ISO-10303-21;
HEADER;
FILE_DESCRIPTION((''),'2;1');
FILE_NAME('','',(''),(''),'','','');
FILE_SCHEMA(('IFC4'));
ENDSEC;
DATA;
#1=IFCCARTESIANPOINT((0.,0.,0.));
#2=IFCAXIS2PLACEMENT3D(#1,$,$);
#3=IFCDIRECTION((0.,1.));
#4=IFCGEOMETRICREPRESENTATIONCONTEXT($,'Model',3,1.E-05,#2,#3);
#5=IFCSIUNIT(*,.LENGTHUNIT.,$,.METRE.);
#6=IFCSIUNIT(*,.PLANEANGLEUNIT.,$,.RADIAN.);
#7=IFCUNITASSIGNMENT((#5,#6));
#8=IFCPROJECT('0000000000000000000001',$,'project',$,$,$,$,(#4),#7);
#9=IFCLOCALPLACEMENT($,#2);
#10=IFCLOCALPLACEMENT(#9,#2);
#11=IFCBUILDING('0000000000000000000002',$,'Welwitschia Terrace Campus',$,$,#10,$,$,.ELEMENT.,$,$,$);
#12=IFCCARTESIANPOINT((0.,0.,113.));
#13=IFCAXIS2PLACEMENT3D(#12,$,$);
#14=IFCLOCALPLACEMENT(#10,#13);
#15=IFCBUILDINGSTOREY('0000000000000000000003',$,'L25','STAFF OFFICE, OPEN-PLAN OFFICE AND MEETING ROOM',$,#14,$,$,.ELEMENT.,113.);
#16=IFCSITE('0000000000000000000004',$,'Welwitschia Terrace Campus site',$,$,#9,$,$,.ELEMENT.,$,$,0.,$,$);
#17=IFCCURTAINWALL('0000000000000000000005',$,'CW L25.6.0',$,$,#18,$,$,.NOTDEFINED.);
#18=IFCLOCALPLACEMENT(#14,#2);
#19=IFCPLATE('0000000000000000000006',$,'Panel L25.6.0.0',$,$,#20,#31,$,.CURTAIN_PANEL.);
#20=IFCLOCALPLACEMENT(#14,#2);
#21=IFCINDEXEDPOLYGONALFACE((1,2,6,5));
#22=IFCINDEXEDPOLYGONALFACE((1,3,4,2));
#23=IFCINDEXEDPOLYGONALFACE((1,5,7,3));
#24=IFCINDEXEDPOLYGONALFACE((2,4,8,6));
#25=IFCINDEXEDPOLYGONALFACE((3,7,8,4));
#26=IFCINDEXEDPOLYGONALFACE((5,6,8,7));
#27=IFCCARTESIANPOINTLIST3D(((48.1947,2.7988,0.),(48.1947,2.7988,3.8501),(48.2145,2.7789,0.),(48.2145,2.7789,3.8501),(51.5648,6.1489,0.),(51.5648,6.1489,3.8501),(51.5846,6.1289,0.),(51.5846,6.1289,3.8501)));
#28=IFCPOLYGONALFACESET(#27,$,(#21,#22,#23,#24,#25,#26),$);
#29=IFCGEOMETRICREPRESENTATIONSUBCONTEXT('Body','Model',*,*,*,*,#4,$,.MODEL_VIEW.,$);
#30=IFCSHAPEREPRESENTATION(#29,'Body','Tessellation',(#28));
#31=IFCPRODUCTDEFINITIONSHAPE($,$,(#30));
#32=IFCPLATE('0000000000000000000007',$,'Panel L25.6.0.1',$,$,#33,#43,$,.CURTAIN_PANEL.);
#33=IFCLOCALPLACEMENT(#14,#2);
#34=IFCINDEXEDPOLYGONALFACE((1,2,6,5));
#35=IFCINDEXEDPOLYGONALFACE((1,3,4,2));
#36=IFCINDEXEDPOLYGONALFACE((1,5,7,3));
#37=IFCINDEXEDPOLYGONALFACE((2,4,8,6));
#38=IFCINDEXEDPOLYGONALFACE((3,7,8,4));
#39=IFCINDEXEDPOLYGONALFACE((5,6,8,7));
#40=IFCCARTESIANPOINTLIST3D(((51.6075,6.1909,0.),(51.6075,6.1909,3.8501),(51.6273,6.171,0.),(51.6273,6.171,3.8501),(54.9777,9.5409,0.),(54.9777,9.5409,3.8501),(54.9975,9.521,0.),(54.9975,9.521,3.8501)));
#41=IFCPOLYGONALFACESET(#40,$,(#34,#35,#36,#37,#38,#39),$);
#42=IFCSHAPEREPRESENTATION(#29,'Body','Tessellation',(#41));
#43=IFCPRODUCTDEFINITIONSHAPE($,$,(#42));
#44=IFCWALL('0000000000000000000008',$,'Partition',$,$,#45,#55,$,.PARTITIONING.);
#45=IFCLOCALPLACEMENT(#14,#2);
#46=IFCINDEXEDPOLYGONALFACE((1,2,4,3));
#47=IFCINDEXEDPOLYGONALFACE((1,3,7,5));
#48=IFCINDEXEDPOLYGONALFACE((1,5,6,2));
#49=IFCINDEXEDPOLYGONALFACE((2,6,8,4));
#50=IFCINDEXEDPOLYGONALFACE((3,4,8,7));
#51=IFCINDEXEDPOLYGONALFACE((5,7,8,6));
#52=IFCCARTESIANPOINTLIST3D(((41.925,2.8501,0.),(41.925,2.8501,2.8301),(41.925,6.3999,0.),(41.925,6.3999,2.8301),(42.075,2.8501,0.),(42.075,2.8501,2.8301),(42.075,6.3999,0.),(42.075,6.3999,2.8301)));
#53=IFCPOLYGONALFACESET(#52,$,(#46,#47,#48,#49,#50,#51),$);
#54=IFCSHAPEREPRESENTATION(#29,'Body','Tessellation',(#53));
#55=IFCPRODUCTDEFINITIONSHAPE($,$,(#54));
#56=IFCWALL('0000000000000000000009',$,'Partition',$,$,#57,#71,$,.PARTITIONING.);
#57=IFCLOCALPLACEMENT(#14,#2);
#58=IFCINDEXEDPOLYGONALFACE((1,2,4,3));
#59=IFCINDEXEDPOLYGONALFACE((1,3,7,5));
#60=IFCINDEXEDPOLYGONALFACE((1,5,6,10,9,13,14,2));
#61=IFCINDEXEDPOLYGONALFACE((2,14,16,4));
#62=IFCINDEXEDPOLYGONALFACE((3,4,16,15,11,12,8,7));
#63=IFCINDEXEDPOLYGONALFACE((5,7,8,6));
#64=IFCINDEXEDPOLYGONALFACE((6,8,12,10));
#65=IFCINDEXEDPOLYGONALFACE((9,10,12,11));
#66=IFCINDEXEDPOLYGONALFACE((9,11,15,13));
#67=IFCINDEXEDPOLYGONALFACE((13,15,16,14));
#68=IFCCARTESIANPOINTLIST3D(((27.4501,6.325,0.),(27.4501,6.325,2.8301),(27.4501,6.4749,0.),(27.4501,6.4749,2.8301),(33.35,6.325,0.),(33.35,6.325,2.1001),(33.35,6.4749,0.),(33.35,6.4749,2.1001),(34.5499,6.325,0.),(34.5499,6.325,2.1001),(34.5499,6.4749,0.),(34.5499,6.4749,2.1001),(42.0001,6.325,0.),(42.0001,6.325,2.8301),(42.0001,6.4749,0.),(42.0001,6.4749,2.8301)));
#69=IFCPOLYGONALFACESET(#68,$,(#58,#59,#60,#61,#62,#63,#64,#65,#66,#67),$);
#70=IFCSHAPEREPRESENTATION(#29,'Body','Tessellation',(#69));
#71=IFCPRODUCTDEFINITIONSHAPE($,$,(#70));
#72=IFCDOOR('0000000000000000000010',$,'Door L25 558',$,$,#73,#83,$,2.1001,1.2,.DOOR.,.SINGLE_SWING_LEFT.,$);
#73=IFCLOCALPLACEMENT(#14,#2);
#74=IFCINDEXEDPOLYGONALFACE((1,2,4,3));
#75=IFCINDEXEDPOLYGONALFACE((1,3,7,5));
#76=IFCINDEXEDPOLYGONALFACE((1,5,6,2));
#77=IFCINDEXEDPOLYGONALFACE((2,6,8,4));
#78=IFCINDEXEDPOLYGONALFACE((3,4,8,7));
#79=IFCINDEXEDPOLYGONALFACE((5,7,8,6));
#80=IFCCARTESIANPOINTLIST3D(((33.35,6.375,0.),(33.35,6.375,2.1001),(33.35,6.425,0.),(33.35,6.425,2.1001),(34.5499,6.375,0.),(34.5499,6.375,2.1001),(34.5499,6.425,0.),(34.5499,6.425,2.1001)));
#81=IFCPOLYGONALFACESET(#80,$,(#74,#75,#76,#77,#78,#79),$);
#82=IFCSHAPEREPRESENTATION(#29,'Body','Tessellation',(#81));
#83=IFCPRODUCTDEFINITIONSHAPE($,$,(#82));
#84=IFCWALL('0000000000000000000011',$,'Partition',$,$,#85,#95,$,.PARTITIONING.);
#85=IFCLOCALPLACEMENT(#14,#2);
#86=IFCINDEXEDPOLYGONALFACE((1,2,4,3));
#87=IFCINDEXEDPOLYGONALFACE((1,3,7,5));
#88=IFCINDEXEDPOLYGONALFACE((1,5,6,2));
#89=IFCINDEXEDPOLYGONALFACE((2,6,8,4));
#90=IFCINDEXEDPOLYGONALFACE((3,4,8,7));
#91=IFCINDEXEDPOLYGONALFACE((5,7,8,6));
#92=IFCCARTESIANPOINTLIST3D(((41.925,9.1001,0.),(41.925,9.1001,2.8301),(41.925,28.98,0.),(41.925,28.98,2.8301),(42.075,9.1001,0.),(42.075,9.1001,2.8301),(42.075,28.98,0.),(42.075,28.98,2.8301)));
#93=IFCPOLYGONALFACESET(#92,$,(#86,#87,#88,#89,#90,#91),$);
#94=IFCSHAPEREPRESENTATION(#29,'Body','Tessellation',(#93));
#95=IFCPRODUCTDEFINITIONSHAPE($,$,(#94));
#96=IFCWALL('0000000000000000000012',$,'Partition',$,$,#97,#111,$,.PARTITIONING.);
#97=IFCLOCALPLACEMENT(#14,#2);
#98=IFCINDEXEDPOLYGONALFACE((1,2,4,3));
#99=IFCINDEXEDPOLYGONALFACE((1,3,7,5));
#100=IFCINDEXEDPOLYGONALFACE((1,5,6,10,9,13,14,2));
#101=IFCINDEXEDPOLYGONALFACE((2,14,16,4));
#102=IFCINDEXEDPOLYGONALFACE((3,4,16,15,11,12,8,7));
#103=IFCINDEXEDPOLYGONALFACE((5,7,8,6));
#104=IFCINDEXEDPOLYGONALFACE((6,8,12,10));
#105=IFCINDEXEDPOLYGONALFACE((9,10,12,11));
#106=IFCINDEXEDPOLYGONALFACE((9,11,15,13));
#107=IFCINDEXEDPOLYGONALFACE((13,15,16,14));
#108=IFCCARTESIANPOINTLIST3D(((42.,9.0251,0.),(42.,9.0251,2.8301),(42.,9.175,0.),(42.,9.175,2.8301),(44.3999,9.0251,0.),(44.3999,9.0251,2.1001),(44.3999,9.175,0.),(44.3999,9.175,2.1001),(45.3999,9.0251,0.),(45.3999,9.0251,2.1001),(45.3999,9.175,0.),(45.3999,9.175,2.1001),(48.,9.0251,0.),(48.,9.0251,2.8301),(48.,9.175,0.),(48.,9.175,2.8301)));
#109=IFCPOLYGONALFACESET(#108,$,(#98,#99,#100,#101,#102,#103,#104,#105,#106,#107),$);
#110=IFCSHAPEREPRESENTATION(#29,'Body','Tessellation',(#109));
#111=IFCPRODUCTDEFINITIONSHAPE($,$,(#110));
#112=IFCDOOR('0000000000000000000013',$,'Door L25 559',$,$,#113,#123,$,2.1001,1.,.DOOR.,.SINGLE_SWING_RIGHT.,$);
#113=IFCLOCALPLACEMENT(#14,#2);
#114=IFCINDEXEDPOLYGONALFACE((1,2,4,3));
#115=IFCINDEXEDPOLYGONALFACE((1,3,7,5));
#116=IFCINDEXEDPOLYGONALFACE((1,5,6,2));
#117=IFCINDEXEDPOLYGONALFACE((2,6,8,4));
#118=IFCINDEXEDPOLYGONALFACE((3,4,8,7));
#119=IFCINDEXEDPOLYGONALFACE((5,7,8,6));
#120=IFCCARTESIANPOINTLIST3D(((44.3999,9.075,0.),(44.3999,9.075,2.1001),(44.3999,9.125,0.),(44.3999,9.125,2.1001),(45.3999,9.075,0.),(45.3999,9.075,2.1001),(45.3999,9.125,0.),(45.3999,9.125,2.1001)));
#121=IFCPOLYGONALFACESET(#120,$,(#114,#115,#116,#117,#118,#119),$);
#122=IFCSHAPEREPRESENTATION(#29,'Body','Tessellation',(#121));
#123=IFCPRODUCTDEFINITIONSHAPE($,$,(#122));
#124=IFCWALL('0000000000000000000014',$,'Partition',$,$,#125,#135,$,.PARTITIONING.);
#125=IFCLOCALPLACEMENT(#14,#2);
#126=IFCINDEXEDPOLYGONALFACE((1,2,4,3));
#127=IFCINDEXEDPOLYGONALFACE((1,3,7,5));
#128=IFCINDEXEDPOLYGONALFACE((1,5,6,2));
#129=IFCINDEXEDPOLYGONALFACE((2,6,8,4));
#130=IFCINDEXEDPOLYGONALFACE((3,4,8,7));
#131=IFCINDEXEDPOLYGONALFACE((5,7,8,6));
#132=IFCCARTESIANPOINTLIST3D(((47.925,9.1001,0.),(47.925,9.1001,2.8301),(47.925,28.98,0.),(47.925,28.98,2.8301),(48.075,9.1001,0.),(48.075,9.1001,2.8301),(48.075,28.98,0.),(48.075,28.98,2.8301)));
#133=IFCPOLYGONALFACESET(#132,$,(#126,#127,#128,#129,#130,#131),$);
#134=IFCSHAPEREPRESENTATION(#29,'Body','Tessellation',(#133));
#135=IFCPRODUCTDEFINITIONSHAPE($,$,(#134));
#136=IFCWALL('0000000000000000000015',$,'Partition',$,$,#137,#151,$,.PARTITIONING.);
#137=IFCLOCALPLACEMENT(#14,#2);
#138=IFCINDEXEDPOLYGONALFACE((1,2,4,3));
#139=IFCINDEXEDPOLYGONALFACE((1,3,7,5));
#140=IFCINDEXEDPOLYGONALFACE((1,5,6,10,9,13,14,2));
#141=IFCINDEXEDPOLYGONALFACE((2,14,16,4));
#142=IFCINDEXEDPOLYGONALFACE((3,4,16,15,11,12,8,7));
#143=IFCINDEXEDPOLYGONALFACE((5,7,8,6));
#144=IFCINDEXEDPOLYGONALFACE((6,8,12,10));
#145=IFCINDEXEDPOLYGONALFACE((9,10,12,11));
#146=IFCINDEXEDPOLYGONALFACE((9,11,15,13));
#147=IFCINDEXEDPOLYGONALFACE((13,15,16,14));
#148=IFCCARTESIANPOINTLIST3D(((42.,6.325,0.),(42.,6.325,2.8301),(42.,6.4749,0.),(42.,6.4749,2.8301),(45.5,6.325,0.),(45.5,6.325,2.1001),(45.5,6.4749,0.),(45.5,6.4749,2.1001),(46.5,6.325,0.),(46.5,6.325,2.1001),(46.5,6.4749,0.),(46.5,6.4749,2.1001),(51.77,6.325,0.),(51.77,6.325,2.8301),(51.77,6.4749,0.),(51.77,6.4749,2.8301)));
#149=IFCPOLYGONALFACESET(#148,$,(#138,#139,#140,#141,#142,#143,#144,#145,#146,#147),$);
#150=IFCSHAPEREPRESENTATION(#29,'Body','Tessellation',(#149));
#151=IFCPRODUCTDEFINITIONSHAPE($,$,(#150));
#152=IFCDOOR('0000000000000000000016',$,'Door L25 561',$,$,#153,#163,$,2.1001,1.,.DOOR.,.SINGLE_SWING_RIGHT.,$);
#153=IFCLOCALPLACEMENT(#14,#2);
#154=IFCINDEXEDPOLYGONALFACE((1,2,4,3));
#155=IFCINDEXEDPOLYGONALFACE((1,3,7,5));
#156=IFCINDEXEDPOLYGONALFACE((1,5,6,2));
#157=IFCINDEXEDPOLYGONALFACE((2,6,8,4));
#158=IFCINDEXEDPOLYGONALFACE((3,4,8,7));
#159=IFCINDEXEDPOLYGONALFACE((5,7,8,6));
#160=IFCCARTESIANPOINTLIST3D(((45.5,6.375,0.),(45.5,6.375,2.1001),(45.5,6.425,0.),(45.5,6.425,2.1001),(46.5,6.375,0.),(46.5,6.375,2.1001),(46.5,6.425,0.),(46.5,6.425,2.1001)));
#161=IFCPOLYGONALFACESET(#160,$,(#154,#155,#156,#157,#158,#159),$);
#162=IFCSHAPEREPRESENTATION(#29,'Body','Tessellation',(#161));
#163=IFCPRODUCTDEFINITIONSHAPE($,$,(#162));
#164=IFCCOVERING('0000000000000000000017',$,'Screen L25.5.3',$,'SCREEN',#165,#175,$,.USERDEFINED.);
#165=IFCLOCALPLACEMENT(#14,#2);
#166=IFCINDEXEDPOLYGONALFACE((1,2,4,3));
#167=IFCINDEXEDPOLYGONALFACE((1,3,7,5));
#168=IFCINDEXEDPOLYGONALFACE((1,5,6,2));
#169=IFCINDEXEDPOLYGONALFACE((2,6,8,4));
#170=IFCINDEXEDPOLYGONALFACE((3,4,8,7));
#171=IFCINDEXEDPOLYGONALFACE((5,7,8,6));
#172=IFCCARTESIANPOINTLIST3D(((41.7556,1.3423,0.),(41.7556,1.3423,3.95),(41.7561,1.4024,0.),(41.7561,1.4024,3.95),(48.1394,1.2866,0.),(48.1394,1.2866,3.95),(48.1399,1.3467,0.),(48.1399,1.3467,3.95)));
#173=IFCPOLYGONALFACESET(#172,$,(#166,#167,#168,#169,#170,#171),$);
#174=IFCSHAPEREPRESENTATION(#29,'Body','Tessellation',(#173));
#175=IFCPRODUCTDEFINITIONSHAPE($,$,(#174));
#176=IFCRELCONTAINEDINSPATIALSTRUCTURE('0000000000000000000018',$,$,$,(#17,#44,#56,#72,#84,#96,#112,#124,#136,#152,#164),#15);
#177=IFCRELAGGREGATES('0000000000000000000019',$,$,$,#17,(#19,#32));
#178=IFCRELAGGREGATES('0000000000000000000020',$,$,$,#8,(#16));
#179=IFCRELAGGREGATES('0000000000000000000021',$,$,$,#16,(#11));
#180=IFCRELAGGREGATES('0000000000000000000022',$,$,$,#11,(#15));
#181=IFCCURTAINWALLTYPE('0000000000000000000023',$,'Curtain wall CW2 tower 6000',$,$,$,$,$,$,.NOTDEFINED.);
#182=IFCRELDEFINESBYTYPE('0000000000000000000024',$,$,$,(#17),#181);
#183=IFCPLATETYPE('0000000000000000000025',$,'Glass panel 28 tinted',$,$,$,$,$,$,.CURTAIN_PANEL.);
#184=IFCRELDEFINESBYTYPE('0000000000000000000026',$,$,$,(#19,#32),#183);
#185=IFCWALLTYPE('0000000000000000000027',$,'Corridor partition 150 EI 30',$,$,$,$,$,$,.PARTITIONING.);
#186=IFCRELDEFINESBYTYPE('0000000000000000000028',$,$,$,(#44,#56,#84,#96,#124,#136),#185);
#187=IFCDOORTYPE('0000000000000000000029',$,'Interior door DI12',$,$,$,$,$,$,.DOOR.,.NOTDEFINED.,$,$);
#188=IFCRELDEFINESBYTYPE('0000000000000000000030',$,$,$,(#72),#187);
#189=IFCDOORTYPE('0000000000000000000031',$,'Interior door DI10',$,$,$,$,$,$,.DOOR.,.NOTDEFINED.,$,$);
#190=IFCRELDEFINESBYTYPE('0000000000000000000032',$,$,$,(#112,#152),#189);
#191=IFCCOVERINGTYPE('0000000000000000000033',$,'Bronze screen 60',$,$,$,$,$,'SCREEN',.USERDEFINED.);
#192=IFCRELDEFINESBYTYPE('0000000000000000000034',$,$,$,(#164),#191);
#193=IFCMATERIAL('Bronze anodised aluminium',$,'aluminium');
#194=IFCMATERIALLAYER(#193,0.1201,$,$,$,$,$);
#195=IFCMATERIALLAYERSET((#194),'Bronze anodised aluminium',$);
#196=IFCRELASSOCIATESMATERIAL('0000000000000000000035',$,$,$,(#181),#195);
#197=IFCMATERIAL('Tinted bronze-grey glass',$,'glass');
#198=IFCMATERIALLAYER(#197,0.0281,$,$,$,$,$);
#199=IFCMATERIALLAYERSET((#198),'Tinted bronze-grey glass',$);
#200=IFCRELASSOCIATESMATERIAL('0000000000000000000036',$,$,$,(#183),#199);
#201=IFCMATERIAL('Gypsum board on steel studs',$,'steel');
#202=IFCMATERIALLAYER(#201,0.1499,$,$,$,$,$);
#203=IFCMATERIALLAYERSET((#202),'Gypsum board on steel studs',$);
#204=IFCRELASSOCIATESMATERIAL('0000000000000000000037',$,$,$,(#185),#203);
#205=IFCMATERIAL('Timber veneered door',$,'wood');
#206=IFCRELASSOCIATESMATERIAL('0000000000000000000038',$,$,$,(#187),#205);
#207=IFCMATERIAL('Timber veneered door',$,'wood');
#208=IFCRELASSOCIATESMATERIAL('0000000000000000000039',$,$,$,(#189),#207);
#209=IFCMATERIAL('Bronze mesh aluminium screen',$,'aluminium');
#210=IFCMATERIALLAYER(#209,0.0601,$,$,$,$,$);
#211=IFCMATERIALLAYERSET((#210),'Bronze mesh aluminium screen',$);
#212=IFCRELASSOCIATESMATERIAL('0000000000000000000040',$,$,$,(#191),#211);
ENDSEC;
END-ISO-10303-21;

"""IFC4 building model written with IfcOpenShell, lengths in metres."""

from ifc_helpers import new_model, si_unit, direction, frame, frame_2d, origin, origin_2d, place, context, subcontext, project, spatial, rectangle, extrude, material, layer, layer_set, type_object, element, fill, aggregate, save


model = new_model("IFC4")

# Units and contexts
model_context = context("Model", 3, precision=1e-05, world=origin(), true_north=direction((0.0, 1.0)))
body_context = subcontext(model_context, "Body", "Model", "MODEL_VIEW")
ifc_project = project(units=[si_unit("LENGTHUNIT", "METRE"), si_unit("PLANEANGLEUNIT", "RADIAN")], contexts=[model_context])

# Site, building, storey
site_placement = place(None, origin())
site = spatial("IfcSite", under=ifc_project, at=site_placement, Name="Welwitschia Terrace Campus site", CompositionType="ELEMENT", RefElevation=0.0)
building_placement = place(site_placement, origin())
building = spatial("IfcBuilding", under=site, at=building_placement, Name="Welwitschia Terrace Campus", CompositionType="ELEMENT")
storey_placement = place(building_placement, frame((0.0, 0.0, 113.0)))
storey = spatial("IfcBuildingStorey", under=building, at=storey_placement, Name="L25", Description="STAFF OFFICE, OPEN-PLAN OFFICE AND MEETING ROOM", CompositionType="ELEMENT", Elevation=113.0)

# Curtain wall
ifc_material_1 = material(Name="Bronze anodised aluminium", Category="aluminium")
ifc_layer_1 = layer(ifc_material_1, 0.1201)
ifc_layer_set_1 = layer_set([ifc_layer_1], Name="Bronze anodised aluminium")
curtain_wall_type = type_object("IfcCurtainWallType", Name="Curtain wall CW2 tower 6000", PredefinedType="NOTDEFINED", material=ifc_layer_set_1)
curtain_wall_1_placement = place(storey_placement, origin())
curtain_wall_1 = element("IfcCurtainWall", 1, at=curtain_wall_1_placement, inside=storey, type_object=curtain_wall_type, Name="CW L25.6.0", PredefinedType="NOTDEFINED")

# Plates
ifc_material_2 = material(Name="Tinted bronze-grey glass", Category="glass")
ifc_layer_2 = layer(ifc_material_2, 0.0281)
ifc_layer_set_2 = layer_set([ifc_layer_2], Name="Tinted bronze-grey glass")
plate_type = type_object("IfcPlateType", Name="Glass panel 28 tinted", PredefinedType="CURTAIN_PANEL", material=ifc_layer_set_2)
plate_1_placement = place(storey_placement, frame((49.8896, 4.4639, 0.0), z_axis=(0.0, 0.0, 1.0), x_axis=(0.709222, 0.704985, 0.0)))
plate_1 = element("IfcPlate", 2, at=plate_1_placement, type_object=plate_type, Name="Panel L25.6.0.0", PredefinedType="CURTAIN_PANEL", context=body_context, shape_type="SweptSolid", body=[
    extrude(rectangle(XDim=4.752, YDim=0.0281, at=origin_2d()), origin(), (0.0, 0.0, 1.0), 3.8501),
])
plate_2_placement = place(storey_placement, frame((53.3025, 7.856, 0.0), z_axis=(0.0, 0.0, 1.0), x_axis=(0.709222, 0.704985, 0.0)))
plate_2 = element("IfcPlate", 3, at=plate_2_placement, type_object=plate_type, Name="Panel L25.6.0.1", PredefinedType="CURTAIN_PANEL", context=body_context, shape_type="SweptSolid", body=[
    extrude(rectangle(XDim=4.752, YDim=0.0281, at=origin_2d()), origin(), (0.0, 0.0, 1.0), 3.8501),
])
aggregate(curtain_wall_1, [plate_1, plate_2])

# Wall
ifc_material_3 = material(Name="Gypsum board on steel studs", Category="steel")
ifc_layer_3 = layer(ifc_material_3, 0.1499)
ifc_layer_set_3 = layer_set([ifc_layer_3], Name="Gypsum board on steel studs")
wall_type = type_object("IfcWallType", Name="Corridor partition 150 EI 30", PredefinedType="PARTITIONING", material=ifc_layer_set_3)
wall_1_placement = place(storey_placement, frame((42.0, 2.8501, 0.0), z_axis=(0.0, 0.0, 1.0), x_axis=(0.0, 1.0, 0.0)))
element("IfcWall", 4, at=wall_1_placement, inside=storey, type_object=wall_type, Name="Partition", PredefinedType="PARTITIONING", context=body_context, shape_type="SweptSolid", body=[
    extrude(rectangle(XDim=3.5498, YDim=0.1499, at=frame_2d((1.7749, 0.0))), origin(), (0.0, 0.0, 1.0), 2.8301),
])

# Wall, opening, door
wall_2_placement = place(storey_placement, frame((42.0, 6.3999, 0.0), z_axis=(0.0, 0.0, 1.0), x_axis=(-1.0, 0.0, 0.0)))
wall_2 = element("IfcWall", 5, at=wall_2_placement, inside=storey, type_object=wall_type, Name="Partition", PredefinedType="PARTITIONING", context=body_context, shape_type="SweptSolid", body=[
    extrude(rectangle(XDim=14.55, YDim=0.1499, at=frame_2d((7.2749, 0.0))), origin(), (0.0, 0.0, 1.0), 2.8301),
])
opening_1_placement = place(wall_2_placement, frame((7.45, 0.0, 0.0)))
opening_1 = element("IfcOpeningElement", 6, at=opening_1_placement, cuts=wall_2, PredefinedType="OPENING", context=body_context, shape_type="SweptSolid", body=[
    extrude(rectangle(XDim=1.2, YDim=2.1001, at=frame_2d((0.6001, 1.05))), frame((0.0, 0.085, 0.0), z_axis=(0.0, -1.0, 0.0), x_axis=(1.0, 0.0, 0.0)), (0.0, 0.0, 1.0), 0.1699),
])
ifc_material_4 = material(Name="Timber veneered door", Category="wood")
door_type_1 = type_object("IfcDoorType", Name="Interior door DI12", OperationType="NOTDEFINED", PredefinedType="DOOR", material=ifc_material_4)
door_1_placement = place(opening_1_placement, origin())
door_1 = element("IfcDoor", 7, at=door_1_placement, inside=storey, type_object=door_type_1, Name="Door L25 558", OperationType="SINGLE_SWING_LEFT", OverallHeight=2.1001, OverallWidth=1.2, PredefinedType="DOOR", context=body_context, shape_type="SweptSolid", body=[
    extrude(rectangle(XDim=1.2, YDim=2.1001, at=frame_2d((0.6001, 1.05))), frame((0.0, 0.0249, 0.0), z_axis=(0.0, -1.0, 0.0), x_axis=(1.0, 0.0, 0.0)), (0.0, 0.0, 1.0), 0.05),
])
fill(opening_1, door_1)

# Wall
wall_3_placement = place(storey_placement, frame((42.0, 9.1001, 0.0), z_axis=(0.0, 0.0, 1.0), x_axis=(0.0, 1.0, 0.0)))
element("IfcWall", 8, at=wall_3_placement, inside=storey, type_object=wall_type, Name="Partition", PredefinedType="PARTITIONING", context=body_context, shape_type="SweptSolid", body=[
    extrude(rectangle(XDim=19.8799, YDim=0.1499, at=frame_2d((9.9399, 0.0))), origin(), (0.0, 0.0, 1.0), 2.8301),
])

# Wall, opening, door
wall_4_placement = place(storey_placement, frame((42.0, 9.1001, 0.0), z_axis=(0.0, 0.0, 1.0), x_axis=(1.0, 0.0, 0.0)))
wall_4 = element("IfcWall", 9, at=wall_4_placement, inside=storey, type_object=wall_type, Name="Partition", PredefinedType="PARTITIONING", context=body_context, shape_type="SweptSolid", body=[
    extrude(rectangle(XDim=6.0, YDim=0.1499, at=frame_2d((3.0, 0.0))), origin(), (0.0, 0.0, 1.0), 2.8301),
])
opening_2_placement = place(wall_4_placement, frame((2.3999, 0.0, 0.0)))
opening_2 = element("IfcOpeningElement", 10, at=opening_2_placement, cuts=wall_4, PredefinedType="OPENING", context=body_context, shape_type="SweptSolid", body=[
    extrude(rectangle(XDim=1.0, YDim=2.1001, at=frame_2d((0.5, 1.05))), frame((0.0, 0.085, 0.0), z_axis=(0.0, -1.0, 0.0), x_axis=(1.0, 0.0, 0.0)), (0.0, 0.0, 1.0), 0.1699),
])
ifc_material_5 = material(Name="Timber veneered door", Category="wood")
door_type_2 = type_object("IfcDoorType", Name="Interior door DI10", OperationType="NOTDEFINED", PredefinedType="DOOR", material=ifc_material_5)
door_2_placement = place(opening_2_placement, origin())
door_2 = element("IfcDoor", 11, at=door_2_placement, inside=storey, type_object=door_type_2, Name="Door L25 559", OperationType="SINGLE_SWING_RIGHT", OverallHeight=2.1001, OverallWidth=1.0, PredefinedType="DOOR", context=body_context, shape_type="SweptSolid", body=[
    extrude(rectangle(XDim=1.0, YDim=2.1001, at=frame_2d((0.5, 1.05))), frame((0.0, 0.0249, 0.0), z_axis=(0.0, -1.0, 0.0), x_axis=(1.0, 0.0, 0.0)), (0.0, 0.0, 1.0), 0.05),
])
fill(opening_2, door_2)

# Wall
wall_5_placement = place(storey_placement, frame((48.0, 9.1001, 0.0), z_axis=(0.0, 0.0, 1.0), x_axis=(0.0, 1.0, 0.0)))
element("IfcWall", 12, at=wall_5_placement, inside=storey, type_object=wall_type, Name="Partition", PredefinedType="PARTITIONING", context=body_context, shape_type="SweptSolid", body=[
    extrude(rectangle(XDim=19.8799, YDim=0.1499, at=frame_2d((9.9399, 0.0))), origin(), (0.0, 0.0, 1.0), 2.8301),
])

# Wall, opening, door
wall_6_placement = place(storey_placement, frame((51.77, 6.3999, 0.0), z_axis=(0.0, 0.0, 1.0), x_axis=(-1.0, 0.0, 0.0)))
wall_6 = element("IfcWall", 13, at=wall_6_placement, inside=storey, type_object=wall_type, Name="Partition", PredefinedType="PARTITIONING", context=body_context, shape_type="SweptSolid", body=[
    extrude(rectangle(XDim=9.77, YDim=0.1499, at=frame_2d((4.885, 0.0))), origin(), (0.0, 0.0, 1.0), 2.8301),
])
opening_3_placement = place(wall_6_placement, frame((5.27, 0.0, 0.0)))
opening_3 = element("IfcOpeningElement", 14, at=opening_3_placement, cuts=wall_6, PredefinedType="OPENING", context=body_context, shape_type="SweptSolid", body=[
    extrude(rectangle(XDim=1.0, YDim=2.1001, at=frame_2d((0.5, 1.05))), frame((0.0, 0.085, 0.0), z_axis=(0.0, -1.0, 0.0), x_axis=(1.0, 0.0, 0.0)), (0.0, 0.0, 1.0), 0.1699),
])
door_3_placement = place(opening_3_placement, origin())
door_3 = element("IfcDoor", 15, at=door_3_placement, inside=storey, type_object=door_type_2, Name="Door L25 561", OperationType="SINGLE_SWING_RIGHT", OverallHeight=2.1001, OverallWidth=1.0, PredefinedType="DOOR", context=body_context, shape_type="SweptSolid", body=[
    extrude(rectangle(XDim=1.0, YDim=2.1001, at=frame_2d((0.5, 1.05))), frame((0.0, 0.0249, 0.0), z_axis=(0.0, -1.0, 0.0), x_axis=(1.0, 0.0, 0.0)), (0.0, 0.0, 1.0), 0.05),
])
fill(opening_3, door_3)

# Covering
ifc_material_6 = material(Name="Bronze mesh aluminium screen", Category="aluminium")
ifc_layer_4 = layer(ifc_material_6, 0.0601)
ifc_layer_set_4 = layer_set([ifc_layer_4], Name="Bronze mesh aluminium screen")
covering_type = type_object("IfcCoveringType", Name="Bronze screen 60", ElementType="SCREEN", PredefinedType="USERDEFINED", material=ifc_layer_set_4)
covering_placement = place(storey_placement, frame((44.9478, 1.3445, 0.0), z_axis=(0.0, 0.0, 1.0), x_axis=(0.999962, -0.008727, 0.0)))
element("IfcCovering", 16, at=covering_placement, inside=storey, type_object=covering_type, Name="Screen L25.5.3", ObjectType="SCREEN", PredefinedType="USERDEFINED", context=body_context, shape_type="SweptSolid", body=[
    extrude(rectangle(XDim=6.384, YDim=0.0601, at=origin_2d()), origin(), (0.0, 0.0, 1.0), 3.95),
])

save(model, "model.ifc")
